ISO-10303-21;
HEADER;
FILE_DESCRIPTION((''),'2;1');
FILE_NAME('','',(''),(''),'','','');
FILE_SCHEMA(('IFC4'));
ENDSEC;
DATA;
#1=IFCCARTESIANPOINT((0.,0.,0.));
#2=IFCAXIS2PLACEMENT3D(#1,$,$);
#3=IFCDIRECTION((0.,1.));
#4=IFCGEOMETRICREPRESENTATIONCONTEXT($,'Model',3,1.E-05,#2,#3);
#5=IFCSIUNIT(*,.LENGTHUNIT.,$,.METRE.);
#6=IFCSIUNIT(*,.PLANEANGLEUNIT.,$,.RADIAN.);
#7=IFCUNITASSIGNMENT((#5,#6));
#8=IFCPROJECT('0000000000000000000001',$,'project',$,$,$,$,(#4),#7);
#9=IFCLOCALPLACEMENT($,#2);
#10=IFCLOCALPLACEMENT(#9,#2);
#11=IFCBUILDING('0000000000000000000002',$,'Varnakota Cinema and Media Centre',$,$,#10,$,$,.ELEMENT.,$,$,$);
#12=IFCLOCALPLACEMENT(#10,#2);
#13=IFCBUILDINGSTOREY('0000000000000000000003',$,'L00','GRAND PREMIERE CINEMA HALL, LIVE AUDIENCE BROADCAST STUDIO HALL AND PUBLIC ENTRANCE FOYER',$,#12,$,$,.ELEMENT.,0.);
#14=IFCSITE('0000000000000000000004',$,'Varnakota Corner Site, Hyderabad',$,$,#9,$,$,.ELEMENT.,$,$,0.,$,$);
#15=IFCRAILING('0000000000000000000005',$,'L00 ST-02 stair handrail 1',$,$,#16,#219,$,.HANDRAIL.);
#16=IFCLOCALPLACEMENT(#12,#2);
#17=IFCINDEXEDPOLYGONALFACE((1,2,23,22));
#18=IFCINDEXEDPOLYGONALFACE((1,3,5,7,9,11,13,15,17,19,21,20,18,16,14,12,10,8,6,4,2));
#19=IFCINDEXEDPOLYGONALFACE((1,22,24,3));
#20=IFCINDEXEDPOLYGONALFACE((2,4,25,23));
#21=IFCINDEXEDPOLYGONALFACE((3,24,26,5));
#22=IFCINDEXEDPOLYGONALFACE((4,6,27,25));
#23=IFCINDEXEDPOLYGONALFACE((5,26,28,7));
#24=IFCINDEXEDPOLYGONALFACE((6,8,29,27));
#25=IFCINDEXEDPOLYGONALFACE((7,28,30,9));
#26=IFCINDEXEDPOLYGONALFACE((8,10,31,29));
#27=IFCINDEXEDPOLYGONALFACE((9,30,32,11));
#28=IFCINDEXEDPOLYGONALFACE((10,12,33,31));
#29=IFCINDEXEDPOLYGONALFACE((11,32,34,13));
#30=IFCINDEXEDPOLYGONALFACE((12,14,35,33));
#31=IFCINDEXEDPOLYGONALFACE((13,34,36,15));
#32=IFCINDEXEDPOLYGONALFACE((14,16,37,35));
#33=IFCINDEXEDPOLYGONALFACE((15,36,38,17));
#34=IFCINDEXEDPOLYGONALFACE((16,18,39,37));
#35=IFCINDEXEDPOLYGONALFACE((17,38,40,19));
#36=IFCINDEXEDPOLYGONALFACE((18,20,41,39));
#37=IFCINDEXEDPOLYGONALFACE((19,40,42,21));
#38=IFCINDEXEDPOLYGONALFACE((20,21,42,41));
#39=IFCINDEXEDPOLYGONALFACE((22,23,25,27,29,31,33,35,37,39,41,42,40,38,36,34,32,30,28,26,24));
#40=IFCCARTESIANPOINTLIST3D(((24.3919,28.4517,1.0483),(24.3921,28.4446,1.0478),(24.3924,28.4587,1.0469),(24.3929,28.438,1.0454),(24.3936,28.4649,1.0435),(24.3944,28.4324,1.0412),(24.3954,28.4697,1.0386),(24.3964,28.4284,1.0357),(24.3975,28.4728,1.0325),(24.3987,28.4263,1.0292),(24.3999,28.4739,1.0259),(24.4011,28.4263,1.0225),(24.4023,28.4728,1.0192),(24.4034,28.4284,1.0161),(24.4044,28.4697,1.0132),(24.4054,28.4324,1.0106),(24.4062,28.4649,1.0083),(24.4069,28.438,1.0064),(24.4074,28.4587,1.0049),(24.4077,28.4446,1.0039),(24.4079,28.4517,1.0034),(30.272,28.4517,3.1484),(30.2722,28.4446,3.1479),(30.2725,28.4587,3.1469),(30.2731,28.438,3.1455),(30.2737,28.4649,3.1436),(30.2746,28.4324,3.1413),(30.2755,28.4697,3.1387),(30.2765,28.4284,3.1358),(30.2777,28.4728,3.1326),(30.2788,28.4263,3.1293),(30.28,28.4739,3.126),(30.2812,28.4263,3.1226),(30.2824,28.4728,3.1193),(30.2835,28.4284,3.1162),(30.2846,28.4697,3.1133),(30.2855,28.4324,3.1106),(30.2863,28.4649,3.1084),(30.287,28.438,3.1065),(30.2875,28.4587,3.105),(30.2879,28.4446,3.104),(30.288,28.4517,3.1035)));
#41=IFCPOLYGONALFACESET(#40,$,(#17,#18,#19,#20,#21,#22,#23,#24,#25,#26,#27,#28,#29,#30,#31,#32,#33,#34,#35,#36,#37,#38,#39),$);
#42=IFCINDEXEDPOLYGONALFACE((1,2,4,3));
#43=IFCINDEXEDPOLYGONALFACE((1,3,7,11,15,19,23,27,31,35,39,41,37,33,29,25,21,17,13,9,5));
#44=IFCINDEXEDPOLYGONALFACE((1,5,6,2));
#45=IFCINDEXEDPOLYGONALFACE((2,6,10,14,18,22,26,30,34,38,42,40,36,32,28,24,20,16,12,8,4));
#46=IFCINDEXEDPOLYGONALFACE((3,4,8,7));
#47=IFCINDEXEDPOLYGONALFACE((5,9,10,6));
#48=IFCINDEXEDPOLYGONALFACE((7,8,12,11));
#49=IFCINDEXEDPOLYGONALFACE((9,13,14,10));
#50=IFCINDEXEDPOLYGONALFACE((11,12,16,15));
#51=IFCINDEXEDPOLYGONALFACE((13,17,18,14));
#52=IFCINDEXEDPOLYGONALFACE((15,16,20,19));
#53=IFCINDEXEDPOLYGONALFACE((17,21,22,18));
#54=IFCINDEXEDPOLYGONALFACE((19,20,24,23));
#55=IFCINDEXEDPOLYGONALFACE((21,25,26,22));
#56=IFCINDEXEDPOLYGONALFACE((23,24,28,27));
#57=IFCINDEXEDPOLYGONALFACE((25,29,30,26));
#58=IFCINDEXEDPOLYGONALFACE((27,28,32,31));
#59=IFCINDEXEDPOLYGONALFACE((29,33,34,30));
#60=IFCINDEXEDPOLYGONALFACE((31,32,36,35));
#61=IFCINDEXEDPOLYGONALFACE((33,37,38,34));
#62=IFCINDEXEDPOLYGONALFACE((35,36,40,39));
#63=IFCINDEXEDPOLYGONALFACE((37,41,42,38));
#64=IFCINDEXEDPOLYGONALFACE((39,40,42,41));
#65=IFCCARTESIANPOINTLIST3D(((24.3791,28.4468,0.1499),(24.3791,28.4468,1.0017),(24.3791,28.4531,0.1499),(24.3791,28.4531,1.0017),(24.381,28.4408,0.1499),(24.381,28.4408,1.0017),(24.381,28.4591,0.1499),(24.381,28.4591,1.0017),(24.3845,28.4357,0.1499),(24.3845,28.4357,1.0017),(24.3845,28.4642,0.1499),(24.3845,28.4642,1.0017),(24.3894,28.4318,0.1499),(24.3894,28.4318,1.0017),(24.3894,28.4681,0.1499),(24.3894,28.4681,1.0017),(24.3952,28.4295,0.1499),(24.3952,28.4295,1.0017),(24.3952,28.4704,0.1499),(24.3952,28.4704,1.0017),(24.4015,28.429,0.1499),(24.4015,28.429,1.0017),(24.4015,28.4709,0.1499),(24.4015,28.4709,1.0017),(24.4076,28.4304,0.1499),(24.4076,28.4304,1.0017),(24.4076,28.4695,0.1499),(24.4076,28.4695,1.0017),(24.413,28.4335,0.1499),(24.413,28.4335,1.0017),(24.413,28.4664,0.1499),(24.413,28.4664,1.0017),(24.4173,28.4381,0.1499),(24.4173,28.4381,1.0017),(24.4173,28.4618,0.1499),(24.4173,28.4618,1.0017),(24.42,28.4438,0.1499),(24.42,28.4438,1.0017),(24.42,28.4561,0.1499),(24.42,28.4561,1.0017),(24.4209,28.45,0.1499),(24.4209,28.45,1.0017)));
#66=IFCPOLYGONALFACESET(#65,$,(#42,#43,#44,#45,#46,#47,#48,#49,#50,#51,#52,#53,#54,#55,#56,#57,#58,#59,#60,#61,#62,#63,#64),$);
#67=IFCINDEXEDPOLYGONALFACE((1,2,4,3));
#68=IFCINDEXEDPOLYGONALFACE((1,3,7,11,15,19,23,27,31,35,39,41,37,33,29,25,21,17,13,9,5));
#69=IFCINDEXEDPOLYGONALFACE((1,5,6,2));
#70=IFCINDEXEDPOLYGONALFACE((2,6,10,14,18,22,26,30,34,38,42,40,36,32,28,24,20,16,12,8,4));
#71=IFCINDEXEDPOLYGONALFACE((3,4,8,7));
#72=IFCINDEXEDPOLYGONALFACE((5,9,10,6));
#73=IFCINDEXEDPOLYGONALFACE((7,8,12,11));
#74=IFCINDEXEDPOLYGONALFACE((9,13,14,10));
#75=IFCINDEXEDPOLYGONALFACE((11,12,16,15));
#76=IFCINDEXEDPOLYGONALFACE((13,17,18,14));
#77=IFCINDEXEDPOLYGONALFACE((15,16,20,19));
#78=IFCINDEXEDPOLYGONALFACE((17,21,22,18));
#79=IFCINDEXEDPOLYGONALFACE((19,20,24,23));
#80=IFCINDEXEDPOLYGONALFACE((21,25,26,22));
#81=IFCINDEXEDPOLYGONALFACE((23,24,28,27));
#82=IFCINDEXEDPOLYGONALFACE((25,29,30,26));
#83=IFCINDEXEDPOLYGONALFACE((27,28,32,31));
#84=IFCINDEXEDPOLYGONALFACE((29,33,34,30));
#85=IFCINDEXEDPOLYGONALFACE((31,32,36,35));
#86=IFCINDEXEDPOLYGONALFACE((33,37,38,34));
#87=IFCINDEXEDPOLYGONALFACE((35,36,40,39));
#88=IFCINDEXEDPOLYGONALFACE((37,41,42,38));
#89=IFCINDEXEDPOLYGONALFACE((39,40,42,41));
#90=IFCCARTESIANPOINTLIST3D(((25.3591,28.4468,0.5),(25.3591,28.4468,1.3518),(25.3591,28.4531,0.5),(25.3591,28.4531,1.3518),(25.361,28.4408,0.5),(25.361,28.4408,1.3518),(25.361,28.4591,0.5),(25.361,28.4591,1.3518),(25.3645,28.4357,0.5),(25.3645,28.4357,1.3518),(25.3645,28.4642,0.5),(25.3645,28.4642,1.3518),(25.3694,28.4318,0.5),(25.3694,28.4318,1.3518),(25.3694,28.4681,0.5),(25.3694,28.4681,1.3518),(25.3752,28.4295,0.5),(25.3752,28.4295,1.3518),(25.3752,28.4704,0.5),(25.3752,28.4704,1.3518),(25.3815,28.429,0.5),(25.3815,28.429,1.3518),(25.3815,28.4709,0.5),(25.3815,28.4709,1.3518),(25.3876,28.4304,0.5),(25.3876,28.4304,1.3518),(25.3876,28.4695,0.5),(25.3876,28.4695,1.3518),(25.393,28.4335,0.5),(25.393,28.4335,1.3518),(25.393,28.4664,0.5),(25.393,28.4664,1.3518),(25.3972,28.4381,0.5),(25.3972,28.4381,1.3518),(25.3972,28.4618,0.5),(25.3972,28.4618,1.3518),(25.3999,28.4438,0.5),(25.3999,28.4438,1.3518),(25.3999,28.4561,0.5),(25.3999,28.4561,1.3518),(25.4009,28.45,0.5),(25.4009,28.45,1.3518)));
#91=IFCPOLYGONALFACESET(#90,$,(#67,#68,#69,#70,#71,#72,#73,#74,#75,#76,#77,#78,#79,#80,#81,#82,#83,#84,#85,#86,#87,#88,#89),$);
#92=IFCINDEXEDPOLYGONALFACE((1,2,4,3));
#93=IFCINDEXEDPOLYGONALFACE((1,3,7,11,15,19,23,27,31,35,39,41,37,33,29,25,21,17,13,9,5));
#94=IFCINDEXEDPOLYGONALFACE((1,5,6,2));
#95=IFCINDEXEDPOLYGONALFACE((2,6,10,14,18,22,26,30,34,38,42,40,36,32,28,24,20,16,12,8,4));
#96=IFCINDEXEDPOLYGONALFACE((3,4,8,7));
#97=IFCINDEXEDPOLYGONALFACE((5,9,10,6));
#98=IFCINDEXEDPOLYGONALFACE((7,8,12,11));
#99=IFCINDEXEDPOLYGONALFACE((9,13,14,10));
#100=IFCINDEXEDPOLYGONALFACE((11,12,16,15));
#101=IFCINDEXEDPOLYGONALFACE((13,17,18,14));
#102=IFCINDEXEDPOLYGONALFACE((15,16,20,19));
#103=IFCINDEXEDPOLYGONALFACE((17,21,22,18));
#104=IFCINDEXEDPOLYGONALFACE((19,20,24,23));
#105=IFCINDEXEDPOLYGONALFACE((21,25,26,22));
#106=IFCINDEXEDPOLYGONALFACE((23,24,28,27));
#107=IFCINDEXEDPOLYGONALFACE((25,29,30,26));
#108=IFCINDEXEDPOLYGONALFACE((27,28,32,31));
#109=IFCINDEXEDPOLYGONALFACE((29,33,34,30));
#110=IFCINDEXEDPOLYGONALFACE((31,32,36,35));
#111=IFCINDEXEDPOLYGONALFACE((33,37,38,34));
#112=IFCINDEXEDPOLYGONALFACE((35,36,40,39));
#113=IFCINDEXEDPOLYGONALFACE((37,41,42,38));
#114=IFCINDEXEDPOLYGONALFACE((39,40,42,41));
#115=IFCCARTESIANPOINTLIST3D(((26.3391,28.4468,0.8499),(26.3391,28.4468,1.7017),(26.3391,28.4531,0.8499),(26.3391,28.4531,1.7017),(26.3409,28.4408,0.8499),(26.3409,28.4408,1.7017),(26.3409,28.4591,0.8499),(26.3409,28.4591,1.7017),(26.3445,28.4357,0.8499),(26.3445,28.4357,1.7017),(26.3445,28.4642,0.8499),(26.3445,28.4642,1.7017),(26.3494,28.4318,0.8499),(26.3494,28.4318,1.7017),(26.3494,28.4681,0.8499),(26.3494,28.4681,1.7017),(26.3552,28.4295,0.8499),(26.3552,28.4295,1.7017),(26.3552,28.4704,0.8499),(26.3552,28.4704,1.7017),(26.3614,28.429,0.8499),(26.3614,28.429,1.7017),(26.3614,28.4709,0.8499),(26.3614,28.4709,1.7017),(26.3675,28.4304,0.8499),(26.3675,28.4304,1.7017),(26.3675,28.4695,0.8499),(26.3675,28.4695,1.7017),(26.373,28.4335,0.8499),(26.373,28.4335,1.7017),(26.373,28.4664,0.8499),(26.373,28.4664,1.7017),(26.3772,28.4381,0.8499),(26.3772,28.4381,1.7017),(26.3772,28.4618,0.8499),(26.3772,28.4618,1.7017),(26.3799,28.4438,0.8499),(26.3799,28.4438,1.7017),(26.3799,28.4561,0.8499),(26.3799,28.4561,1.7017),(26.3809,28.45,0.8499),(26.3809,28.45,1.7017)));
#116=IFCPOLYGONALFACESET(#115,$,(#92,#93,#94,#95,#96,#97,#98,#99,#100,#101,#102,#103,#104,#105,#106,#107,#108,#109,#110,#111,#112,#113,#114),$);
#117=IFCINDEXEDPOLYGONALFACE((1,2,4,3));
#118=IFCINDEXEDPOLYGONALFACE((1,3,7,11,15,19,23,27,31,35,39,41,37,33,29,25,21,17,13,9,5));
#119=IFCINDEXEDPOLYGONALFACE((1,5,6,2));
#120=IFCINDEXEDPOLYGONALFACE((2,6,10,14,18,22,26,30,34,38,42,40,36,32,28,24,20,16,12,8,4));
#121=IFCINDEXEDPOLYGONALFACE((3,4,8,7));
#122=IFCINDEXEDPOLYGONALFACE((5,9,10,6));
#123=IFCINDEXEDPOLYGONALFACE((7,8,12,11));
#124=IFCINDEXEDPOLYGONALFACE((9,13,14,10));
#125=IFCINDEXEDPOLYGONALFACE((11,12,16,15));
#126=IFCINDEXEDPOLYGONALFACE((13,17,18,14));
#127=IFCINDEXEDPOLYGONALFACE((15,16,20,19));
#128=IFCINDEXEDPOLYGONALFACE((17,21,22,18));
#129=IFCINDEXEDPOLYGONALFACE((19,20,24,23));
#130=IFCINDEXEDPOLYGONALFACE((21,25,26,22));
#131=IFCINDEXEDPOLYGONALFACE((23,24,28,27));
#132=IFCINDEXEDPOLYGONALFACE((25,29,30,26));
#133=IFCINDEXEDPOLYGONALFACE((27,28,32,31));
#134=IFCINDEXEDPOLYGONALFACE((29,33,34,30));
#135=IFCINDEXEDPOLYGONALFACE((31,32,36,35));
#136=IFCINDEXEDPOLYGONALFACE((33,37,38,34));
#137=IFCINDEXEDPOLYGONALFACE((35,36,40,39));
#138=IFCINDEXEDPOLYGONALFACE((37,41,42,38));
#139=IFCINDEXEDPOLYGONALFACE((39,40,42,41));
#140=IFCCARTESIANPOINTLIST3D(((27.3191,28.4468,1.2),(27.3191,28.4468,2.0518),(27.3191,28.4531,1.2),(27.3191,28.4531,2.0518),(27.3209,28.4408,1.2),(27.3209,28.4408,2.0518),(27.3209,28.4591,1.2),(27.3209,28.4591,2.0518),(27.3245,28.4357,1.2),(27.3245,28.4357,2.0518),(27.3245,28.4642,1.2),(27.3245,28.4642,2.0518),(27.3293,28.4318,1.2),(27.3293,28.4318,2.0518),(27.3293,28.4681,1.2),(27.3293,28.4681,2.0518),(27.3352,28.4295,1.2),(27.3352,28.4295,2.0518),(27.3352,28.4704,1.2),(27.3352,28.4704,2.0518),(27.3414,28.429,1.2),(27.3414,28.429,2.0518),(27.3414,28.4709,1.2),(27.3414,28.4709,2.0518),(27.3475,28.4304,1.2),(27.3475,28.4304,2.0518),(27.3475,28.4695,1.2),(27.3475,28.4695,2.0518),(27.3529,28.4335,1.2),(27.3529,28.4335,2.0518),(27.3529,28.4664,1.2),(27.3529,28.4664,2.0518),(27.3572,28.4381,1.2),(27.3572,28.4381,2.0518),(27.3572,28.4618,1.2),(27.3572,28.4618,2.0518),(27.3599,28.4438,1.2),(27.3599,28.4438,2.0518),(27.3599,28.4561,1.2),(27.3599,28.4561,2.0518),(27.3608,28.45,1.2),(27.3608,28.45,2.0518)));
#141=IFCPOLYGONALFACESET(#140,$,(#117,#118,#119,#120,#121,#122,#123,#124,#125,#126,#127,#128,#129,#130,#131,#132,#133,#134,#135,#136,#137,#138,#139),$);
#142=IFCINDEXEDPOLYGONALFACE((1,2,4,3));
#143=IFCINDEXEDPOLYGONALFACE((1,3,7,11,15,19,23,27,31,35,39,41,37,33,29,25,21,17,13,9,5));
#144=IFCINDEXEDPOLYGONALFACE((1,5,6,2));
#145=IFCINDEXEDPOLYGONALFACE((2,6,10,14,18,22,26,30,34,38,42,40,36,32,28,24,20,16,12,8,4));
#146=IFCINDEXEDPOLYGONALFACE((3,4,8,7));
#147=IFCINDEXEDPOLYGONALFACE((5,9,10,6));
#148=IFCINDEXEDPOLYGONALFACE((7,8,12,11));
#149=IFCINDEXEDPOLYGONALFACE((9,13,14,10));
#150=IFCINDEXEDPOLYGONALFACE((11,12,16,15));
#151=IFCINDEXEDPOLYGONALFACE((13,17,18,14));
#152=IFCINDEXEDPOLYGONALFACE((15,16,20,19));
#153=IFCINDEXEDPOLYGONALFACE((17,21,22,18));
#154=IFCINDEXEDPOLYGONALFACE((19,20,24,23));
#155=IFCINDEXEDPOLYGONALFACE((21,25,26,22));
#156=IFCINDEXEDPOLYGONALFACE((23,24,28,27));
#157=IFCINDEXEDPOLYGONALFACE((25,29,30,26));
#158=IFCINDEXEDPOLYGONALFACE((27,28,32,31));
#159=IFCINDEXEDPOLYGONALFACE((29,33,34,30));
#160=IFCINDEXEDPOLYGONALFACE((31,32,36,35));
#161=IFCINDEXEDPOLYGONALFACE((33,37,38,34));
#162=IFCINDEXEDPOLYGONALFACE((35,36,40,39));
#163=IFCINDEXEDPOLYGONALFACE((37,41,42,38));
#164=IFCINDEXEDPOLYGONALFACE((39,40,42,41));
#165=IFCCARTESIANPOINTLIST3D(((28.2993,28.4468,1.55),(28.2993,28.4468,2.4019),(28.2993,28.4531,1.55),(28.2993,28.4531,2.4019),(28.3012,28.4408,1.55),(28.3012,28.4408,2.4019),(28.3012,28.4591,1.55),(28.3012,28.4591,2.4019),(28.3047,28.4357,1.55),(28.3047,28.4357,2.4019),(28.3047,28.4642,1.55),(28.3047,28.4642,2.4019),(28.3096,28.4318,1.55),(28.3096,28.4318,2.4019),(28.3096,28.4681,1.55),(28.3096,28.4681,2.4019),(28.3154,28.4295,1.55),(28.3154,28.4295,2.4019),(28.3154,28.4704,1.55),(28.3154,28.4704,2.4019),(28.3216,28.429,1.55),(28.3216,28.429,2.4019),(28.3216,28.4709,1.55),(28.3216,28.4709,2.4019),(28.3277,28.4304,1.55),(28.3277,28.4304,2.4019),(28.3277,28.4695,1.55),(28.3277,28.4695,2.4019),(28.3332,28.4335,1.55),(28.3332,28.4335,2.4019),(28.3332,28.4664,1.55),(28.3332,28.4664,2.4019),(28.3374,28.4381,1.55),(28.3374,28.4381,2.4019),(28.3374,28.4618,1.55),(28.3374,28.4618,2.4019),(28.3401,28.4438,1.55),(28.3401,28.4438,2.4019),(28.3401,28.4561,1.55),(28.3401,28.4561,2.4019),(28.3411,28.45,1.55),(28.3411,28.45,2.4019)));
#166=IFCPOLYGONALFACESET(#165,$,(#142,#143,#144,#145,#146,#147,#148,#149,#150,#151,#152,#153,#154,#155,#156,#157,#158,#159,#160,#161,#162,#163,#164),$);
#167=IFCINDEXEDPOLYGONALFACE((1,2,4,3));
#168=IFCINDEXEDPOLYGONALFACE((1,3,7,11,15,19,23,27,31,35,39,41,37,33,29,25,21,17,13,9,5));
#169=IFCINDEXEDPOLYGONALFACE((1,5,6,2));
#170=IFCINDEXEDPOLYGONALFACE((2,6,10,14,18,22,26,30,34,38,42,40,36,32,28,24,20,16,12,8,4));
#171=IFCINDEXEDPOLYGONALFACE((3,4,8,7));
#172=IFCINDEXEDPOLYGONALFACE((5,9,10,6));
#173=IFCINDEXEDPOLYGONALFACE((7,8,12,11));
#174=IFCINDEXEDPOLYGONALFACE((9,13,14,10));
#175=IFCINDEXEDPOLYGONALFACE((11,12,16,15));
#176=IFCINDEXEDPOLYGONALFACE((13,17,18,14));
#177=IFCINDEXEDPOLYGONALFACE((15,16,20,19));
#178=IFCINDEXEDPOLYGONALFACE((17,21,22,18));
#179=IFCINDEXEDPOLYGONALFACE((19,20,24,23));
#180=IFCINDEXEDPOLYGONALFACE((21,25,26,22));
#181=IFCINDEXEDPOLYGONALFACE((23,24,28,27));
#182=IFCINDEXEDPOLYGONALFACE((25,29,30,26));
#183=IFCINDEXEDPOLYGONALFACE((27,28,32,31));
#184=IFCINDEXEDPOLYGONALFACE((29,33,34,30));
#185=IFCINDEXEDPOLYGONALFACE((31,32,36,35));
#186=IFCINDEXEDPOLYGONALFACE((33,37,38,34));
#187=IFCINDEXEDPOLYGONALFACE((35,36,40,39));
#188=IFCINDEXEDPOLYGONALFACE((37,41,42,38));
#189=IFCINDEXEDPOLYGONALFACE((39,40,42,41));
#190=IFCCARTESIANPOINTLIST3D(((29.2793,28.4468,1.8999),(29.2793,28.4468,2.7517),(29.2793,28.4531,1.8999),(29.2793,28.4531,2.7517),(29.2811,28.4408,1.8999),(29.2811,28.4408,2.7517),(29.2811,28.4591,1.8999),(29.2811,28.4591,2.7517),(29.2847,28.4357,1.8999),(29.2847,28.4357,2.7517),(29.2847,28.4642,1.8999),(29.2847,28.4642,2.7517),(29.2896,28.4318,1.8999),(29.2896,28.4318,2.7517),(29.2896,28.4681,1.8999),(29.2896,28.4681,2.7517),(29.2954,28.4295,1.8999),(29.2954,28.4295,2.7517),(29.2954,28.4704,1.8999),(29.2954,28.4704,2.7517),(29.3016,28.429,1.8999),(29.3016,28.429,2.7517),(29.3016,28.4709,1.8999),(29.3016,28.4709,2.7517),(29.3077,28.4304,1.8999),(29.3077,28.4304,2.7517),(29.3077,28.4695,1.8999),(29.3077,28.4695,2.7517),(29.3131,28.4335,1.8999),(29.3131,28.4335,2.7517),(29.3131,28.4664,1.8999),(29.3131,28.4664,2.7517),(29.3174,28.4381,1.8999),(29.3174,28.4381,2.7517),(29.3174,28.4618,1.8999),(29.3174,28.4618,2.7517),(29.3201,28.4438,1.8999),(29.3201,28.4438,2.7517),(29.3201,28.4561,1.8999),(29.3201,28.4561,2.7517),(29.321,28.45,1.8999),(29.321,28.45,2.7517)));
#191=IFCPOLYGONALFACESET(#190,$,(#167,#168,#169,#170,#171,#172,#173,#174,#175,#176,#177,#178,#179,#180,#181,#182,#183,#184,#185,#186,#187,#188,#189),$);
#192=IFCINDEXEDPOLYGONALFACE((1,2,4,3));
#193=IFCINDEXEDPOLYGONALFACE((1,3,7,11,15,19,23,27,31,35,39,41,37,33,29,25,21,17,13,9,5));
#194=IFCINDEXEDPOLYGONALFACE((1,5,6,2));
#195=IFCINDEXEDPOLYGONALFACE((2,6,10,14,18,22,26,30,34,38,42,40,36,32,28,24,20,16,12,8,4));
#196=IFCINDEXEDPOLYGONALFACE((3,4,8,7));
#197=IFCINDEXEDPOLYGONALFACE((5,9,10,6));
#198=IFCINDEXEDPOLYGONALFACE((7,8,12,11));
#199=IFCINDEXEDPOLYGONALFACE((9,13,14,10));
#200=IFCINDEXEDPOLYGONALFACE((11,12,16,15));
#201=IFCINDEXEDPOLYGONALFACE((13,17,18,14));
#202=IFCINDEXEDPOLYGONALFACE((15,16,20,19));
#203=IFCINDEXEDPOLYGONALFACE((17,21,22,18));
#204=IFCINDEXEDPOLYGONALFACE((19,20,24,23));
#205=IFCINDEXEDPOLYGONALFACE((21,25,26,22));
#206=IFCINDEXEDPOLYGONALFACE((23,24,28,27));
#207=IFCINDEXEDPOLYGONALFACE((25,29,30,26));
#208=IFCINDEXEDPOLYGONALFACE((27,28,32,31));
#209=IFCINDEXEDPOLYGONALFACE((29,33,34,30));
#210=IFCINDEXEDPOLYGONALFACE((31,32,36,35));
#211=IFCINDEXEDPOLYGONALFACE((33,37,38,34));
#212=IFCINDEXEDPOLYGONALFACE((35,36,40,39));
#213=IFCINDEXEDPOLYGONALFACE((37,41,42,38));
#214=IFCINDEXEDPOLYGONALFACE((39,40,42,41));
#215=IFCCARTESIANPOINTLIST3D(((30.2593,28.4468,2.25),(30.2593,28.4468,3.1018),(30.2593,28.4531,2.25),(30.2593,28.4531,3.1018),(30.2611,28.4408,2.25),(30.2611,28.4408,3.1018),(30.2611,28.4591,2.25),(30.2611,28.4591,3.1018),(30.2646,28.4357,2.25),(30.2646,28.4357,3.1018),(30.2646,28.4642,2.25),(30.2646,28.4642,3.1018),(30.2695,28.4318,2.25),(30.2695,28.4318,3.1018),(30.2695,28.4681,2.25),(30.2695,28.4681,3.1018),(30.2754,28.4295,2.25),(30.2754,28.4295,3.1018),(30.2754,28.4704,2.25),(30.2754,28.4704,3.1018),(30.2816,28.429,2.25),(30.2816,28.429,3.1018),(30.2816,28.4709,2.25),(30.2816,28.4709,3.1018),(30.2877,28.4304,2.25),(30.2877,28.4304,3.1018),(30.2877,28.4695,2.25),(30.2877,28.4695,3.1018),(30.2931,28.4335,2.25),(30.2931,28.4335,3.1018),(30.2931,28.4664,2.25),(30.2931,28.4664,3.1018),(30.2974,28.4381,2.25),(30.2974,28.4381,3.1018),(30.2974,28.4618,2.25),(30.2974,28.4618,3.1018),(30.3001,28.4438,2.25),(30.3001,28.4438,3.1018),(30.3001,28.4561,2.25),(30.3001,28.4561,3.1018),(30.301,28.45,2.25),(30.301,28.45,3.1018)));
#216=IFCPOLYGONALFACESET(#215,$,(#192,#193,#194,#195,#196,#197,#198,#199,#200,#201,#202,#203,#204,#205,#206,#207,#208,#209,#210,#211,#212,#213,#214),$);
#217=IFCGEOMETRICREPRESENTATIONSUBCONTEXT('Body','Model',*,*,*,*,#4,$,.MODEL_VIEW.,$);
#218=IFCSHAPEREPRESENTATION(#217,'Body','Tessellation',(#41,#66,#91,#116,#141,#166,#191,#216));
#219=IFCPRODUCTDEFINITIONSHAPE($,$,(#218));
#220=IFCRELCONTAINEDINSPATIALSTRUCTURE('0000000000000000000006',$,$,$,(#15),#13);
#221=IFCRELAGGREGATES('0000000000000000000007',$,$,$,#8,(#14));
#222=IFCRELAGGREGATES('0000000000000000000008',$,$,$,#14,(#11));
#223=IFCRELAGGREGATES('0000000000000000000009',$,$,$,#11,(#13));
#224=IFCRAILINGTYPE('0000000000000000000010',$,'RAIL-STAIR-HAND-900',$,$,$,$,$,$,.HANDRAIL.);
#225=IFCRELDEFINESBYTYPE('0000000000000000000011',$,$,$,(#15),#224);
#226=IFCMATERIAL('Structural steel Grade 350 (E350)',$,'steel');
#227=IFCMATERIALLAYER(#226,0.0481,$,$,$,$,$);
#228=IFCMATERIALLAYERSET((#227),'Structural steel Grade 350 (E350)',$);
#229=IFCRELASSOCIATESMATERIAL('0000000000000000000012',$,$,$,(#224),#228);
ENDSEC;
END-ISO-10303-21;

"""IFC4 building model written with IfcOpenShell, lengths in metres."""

from ifc_helpers import new_model, si_unit, direction, frame, origin, origin_2d, place, context, subcontext, project, spatial, circle, extrude, material, layer, layer_set, type_object, element, save


model = new_model("IFC4")

# Units and contexts
model_context = context("Model", 3, precision=1e-05, world=origin(), true_north=direction((0.0, 1.0)))
body_context = subcontext(model_context, "Body", "Model", "MODEL_VIEW")
ifc_project = project(units=[si_unit("LENGTHUNIT", "METRE"), si_unit("PLANEANGLEUNIT", "RADIAN")], contexts=[model_context])

# Site, building, storey
site_placement = place(None, origin())
site = spatial("IfcSite", under=ifc_project, at=site_placement, Name="Varnakota Corner Site, Hyderabad", CompositionType="ELEMENT", RefElevation=0.0)
building_placement = place(site_placement, origin())
building = spatial("IfcBuilding", under=site, at=building_placement, Name="Varnakota Cinema and Media Centre", CompositionType="ELEMENT")
storey_placement = place(building_placement, origin())
storey = spatial("IfcBuildingStorey", under=building, at=storey_placement, Name="L00", Description="GRAND PREMIERE CINEMA HALL, LIVE AUDIENCE BROADCAST STUDIO HALL AND PUBLIC ENTRANCE FOYER", CompositionType="ELEMENT", Elevation=0.0)

# Railing
ifc_material_1 = material(Name="Structural steel Grade 350 (E350)", Category="steel")
ifc_layer_1 = layer(ifc_material_1, 0.0481)
ifc_layer_set_1 = layer_set([ifc_layer_1], Name="Structural steel Grade 350 (E350)")
railing_type_1 = type_object("IfcRailingType", Name="RAIL-STAIR-HAND-900", PredefinedType="HANDRAIL", material=ifc_layer_set_1)
railing_1_placement = place(storey_placement, frame((24.3999, 28.45, 0.1499)))
element("IfcRailing", 1, at=railing_1_placement, inside=storey, type_object=railing_type_1, Name="L00 ST-02 stair handrail 1", PredefinedType="HANDRAIL", context=body_context, shape_type="SweptSolid", body=[
    extrude(circle(Radius=0.0239, at=origin_2d()), frame((0.0, 0.0, 0.876), z_axis=(0.941739, 0.0, 0.336344), x_axis=(0.0, 1.0, 0.0)), (0.0, 0.0, 1.0), 6.2439),
    extrude(circle(Radius=0.021, at=origin_2d()), origin(), (0.0, 0.0, 1.0), 0.8518),
    extrude(circle(Radius=0.021, at=origin_2d()), frame((0.98, 0.0, 0.3501)), (0.0, 0.0, 1.0), 0.8518),
    extrude(circle(Radius=0.021, at=origin_2d()), frame((1.96, 0.0, 0.7)), (0.0, 0.0, 1.0), 0.8518),
    extrude(circle(Radius=0.021, at=origin_2d()), frame((2.9399, 0.0, 1.05)), (0.0, 0.0, 1.0), 0.8518),
    extrude(circle(Radius=0.021, at=origin_2d()), frame((3.9202, 0.0, 1.4001)), (0.0, 0.0, 1.0), 0.8518),
    extrude(circle(Radius=0.021, at=origin_2d()), frame((4.9001, 0.0, 1.75)), (0.0, 0.0, 1.0), 0.8518),
    extrude(circle(Radius=0.021, at=origin_2d()), frame((5.8801, 0.0, 2.1001)), (0.0, 0.0, 1.0), 0.8518),
])

save(model, "model.ifc")
